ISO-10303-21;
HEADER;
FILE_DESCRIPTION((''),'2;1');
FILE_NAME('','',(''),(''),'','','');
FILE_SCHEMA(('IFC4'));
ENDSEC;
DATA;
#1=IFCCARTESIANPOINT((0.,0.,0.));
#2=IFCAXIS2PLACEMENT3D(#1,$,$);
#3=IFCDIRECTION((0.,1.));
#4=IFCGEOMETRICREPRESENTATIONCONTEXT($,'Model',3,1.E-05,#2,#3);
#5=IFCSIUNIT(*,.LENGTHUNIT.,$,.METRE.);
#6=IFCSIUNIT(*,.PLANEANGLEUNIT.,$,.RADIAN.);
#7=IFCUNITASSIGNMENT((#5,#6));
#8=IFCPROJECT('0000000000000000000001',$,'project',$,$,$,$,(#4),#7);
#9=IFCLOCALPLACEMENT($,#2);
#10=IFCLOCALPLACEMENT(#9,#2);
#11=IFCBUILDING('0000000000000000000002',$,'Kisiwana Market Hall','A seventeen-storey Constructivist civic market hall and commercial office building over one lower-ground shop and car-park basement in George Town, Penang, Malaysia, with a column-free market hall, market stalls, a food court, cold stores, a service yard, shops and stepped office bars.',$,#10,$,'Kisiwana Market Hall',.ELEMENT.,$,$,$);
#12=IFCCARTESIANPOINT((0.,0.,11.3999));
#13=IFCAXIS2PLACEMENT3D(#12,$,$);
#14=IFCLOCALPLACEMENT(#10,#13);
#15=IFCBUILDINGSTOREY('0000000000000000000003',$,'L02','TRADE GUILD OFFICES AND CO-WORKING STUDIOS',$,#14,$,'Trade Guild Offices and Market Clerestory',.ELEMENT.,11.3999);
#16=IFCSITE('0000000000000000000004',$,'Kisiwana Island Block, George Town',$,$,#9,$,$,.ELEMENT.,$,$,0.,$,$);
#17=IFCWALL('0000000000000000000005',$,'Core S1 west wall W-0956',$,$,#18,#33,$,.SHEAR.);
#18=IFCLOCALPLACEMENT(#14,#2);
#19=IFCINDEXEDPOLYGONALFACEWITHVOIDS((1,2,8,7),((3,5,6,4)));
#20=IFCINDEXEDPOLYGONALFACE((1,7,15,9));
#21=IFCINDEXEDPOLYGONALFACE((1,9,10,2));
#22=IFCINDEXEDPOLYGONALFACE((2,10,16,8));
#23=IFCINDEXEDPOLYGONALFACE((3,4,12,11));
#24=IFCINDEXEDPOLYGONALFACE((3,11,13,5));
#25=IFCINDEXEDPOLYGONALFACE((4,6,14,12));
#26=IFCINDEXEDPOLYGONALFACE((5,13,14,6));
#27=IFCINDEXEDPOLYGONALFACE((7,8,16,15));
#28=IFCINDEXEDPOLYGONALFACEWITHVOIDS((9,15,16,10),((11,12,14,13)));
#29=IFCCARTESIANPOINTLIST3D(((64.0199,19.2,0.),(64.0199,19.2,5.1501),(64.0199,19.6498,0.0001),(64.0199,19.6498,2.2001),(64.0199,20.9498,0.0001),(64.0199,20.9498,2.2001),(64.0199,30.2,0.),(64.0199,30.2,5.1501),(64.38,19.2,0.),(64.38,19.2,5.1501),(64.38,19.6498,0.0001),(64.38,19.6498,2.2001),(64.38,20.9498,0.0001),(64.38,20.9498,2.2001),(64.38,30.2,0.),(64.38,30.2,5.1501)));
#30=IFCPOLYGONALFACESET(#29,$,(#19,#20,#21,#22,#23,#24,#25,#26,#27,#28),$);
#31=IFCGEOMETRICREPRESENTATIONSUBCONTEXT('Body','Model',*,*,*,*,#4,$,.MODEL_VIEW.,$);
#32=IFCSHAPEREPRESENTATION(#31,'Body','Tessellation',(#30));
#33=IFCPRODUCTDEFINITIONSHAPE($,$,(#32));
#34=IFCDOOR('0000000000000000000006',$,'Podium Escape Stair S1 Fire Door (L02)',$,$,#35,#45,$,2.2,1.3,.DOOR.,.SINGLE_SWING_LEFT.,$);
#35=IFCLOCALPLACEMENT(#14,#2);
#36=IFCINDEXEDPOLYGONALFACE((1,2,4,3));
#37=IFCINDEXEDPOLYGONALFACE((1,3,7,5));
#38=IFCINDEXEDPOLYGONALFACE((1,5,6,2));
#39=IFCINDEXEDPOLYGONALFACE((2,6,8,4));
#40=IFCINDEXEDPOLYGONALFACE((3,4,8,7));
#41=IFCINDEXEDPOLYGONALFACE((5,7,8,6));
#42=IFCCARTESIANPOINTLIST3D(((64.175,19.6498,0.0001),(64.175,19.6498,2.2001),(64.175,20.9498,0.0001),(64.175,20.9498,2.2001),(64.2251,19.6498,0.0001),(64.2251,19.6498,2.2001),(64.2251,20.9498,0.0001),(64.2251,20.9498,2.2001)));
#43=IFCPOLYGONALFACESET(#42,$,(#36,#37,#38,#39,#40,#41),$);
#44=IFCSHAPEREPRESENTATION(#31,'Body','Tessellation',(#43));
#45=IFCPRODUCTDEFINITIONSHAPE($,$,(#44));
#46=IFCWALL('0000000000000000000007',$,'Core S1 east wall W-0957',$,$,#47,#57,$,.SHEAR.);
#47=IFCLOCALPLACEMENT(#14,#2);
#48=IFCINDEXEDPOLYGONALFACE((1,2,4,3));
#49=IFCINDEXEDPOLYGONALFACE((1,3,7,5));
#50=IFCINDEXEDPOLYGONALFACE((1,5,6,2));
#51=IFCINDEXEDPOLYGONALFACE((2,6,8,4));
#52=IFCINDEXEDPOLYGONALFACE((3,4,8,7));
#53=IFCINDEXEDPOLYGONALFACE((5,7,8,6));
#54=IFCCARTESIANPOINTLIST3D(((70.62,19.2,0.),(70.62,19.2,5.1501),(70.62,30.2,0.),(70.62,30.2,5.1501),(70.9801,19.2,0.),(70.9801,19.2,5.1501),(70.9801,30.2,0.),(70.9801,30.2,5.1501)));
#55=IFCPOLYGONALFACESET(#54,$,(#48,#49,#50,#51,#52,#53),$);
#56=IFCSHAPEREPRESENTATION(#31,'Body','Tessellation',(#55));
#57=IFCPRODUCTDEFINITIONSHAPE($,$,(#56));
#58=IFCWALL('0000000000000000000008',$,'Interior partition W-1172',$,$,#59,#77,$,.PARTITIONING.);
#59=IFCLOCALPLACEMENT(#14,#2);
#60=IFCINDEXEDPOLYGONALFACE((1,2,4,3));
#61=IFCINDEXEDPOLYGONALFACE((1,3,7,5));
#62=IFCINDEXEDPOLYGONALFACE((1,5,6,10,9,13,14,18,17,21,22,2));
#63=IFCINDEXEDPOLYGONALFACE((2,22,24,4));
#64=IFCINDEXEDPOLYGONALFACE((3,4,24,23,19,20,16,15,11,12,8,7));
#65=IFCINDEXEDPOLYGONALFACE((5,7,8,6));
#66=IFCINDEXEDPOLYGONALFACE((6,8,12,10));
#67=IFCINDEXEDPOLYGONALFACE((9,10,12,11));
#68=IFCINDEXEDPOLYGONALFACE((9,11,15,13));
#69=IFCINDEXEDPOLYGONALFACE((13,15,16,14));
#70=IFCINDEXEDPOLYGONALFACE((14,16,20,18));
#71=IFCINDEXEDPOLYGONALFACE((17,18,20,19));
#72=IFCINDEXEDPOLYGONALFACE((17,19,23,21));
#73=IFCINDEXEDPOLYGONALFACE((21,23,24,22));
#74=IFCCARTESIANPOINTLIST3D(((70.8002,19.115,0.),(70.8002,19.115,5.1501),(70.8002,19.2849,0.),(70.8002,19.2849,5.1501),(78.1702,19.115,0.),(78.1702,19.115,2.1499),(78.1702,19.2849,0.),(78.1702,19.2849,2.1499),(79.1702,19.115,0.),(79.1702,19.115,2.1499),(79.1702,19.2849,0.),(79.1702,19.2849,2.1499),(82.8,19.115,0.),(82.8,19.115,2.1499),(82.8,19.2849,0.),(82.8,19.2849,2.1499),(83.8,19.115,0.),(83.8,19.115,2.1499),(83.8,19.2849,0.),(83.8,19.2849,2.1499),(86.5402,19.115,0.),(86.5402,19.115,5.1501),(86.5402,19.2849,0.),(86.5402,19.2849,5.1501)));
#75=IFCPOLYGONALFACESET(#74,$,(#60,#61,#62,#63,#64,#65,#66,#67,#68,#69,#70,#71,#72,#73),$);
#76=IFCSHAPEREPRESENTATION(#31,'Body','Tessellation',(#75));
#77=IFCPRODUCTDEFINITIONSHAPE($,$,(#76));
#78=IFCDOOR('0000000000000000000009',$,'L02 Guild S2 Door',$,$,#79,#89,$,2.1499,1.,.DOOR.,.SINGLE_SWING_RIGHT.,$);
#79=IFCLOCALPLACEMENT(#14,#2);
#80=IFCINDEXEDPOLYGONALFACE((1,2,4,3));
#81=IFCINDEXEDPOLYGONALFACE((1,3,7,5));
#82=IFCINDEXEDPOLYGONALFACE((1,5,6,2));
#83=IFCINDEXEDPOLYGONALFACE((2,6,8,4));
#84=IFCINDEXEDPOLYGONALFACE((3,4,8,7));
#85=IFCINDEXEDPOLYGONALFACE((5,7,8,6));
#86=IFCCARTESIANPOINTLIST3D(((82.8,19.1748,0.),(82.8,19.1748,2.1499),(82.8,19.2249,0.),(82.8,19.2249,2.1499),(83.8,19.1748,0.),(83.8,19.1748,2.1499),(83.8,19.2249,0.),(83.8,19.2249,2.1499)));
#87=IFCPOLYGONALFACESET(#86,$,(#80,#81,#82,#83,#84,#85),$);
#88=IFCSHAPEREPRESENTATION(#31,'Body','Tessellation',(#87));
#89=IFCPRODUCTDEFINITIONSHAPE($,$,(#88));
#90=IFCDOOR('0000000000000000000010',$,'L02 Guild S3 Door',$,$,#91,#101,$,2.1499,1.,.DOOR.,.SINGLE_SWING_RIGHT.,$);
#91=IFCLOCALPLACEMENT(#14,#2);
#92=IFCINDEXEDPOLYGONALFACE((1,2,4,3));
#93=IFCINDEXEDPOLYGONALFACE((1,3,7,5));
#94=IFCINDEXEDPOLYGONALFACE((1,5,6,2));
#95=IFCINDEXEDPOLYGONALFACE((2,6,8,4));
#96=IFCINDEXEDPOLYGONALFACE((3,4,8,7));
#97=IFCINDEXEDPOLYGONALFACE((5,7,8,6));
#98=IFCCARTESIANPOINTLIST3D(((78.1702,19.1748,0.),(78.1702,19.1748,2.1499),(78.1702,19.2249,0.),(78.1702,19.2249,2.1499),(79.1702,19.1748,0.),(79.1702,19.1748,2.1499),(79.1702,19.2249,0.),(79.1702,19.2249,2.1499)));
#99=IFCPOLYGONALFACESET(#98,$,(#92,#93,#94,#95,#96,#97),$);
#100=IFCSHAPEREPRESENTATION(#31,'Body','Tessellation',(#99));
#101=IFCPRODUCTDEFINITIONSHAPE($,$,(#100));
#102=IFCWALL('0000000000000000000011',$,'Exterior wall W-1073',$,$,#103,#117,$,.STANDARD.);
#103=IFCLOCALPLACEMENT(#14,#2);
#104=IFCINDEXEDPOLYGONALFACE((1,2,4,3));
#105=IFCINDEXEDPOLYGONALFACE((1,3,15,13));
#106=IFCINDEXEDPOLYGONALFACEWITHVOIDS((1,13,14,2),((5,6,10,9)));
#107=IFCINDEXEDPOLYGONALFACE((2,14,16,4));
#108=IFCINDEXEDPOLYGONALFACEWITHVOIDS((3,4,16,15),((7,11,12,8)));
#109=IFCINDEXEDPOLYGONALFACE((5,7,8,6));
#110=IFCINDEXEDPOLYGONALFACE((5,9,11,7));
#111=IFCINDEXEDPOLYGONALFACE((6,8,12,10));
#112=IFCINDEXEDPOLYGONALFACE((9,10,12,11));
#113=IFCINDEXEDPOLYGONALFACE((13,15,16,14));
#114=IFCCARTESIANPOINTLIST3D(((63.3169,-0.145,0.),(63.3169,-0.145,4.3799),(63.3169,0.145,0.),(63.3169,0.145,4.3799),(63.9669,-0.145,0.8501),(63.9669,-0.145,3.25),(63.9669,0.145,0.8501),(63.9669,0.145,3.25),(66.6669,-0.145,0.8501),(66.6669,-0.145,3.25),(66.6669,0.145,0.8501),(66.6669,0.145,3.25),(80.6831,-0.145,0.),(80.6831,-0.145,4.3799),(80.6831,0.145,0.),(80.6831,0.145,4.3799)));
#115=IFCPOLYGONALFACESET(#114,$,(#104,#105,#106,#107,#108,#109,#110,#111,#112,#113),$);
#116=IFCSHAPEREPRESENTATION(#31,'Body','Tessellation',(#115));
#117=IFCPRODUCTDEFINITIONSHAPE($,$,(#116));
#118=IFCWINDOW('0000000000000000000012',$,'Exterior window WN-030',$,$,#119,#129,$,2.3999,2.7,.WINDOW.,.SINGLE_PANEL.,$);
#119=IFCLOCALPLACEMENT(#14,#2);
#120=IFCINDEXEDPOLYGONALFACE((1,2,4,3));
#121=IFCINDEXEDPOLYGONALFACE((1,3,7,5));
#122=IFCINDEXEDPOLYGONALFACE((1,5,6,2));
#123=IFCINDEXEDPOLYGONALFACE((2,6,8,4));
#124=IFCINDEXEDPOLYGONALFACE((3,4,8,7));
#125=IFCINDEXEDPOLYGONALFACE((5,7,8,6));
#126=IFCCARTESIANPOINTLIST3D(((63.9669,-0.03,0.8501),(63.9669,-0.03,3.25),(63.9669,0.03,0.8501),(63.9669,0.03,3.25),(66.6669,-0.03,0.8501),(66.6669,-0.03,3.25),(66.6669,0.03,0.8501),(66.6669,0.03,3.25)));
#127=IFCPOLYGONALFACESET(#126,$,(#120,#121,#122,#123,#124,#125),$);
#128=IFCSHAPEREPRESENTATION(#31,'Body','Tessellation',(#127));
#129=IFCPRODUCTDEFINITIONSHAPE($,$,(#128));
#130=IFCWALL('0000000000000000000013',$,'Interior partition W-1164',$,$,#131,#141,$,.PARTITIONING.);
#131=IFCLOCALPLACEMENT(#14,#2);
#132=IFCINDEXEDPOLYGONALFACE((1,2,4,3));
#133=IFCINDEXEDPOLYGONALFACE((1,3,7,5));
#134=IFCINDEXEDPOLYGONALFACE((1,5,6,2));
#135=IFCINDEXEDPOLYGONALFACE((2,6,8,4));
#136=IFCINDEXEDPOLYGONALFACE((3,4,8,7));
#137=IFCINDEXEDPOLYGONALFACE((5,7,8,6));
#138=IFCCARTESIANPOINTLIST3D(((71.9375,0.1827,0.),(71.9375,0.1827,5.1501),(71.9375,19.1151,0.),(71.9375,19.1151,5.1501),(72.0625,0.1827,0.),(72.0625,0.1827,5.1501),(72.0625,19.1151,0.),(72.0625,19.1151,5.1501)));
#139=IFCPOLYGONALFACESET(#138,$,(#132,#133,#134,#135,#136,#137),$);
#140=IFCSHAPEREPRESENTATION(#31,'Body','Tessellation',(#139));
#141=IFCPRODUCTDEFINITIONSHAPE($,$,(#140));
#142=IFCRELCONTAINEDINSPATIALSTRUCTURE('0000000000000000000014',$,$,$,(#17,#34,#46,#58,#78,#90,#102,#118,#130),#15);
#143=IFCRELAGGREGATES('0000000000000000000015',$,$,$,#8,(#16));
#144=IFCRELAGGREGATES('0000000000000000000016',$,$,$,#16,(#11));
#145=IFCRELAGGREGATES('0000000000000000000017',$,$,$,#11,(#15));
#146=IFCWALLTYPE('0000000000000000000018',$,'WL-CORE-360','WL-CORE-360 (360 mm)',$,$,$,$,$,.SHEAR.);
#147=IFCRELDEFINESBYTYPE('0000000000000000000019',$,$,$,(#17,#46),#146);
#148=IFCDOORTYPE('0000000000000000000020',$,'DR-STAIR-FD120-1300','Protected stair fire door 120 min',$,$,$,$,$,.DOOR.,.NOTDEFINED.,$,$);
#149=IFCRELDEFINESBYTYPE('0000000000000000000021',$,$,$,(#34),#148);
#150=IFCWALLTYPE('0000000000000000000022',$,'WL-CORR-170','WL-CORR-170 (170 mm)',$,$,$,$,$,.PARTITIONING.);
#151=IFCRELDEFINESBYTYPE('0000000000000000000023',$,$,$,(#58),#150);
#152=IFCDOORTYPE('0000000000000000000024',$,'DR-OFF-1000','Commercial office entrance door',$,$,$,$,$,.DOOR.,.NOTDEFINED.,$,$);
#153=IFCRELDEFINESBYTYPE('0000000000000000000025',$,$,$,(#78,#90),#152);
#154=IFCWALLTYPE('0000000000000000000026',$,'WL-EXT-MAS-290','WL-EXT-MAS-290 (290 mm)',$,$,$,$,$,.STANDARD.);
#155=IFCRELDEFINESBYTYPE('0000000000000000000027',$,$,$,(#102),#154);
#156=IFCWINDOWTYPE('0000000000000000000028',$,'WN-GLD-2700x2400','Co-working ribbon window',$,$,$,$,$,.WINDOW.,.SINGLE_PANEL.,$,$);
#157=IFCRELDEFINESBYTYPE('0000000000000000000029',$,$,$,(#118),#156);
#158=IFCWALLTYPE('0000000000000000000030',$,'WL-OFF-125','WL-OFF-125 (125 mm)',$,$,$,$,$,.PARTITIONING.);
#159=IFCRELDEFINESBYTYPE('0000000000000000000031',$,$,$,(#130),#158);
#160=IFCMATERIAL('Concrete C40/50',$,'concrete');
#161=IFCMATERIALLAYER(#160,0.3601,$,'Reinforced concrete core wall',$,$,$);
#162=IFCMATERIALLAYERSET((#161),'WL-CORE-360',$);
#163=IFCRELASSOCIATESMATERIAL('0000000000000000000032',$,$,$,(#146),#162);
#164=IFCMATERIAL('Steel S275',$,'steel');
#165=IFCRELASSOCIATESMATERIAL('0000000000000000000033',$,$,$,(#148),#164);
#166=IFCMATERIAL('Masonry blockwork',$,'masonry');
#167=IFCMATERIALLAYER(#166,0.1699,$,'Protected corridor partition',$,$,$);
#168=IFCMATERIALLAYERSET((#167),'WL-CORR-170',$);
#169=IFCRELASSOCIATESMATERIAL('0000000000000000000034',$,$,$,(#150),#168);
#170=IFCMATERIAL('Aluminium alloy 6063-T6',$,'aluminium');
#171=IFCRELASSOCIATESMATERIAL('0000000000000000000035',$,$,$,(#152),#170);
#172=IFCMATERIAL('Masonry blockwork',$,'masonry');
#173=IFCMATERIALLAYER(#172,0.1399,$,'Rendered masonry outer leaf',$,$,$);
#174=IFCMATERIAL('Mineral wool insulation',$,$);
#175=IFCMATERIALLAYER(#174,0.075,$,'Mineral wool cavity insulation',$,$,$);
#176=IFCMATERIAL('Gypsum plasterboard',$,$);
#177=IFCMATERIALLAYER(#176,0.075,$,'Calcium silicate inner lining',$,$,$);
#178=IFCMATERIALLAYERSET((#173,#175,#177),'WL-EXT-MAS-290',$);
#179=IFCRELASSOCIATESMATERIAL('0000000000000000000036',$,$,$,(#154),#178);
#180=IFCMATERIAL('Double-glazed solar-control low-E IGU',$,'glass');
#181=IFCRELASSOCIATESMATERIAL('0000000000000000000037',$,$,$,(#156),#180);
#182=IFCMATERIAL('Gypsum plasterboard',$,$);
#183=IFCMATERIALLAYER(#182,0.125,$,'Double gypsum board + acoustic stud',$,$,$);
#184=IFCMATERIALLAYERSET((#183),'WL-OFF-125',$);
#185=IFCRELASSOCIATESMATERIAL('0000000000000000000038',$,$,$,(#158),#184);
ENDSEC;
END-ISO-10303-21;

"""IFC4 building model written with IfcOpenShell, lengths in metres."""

from ifc_helpers import new_model, si_unit, direction, frame, frame_2d, origin, place, context, subcontext, project, spatial, rectangle, extrude, material, layer, layer_set, type_object, element, fill, save


model = new_model("IFC4")

# Units and contexts
model_context = context("Model", 3, precision=1e-05, world=origin(), true_north=direction((0.0, 1.0)))
body_context = subcontext(model_context, "Body", "Model", "MODEL_VIEW")
ifc_project = project(units=[si_unit("LENGTHUNIT", "METRE"), si_unit("PLANEANGLEUNIT", "RADIAN")], contexts=[model_context])

# Site, building, storey
site_placement = place(None, origin())
site = spatial("IfcSite", under=ifc_project, at=site_placement, Name="Kisiwana Island Block, George Town", CompositionType="ELEMENT", RefElevation=0.0)
building_placement = place(site_placement, origin())
building = spatial("IfcBuilding", under=site, at=building_placement, Name="Kisiwana Market Hall", Description="A seventeen-storey Constructivist civic market hall and commercial office building over one lower-ground shop and car-park basement in George Town, Penang, Malaysia, with a column-free market hall, market stalls, a food court, cold stores, a service yard, shops and stepped office bars.", LongName="Kisiwana Market Hall", CompositionType="ELEMENT")
storey_placement = place(building_placement, frame((0.0, 0.0, 11.3999)))
storey = spatial("IfcBuildingStorey", under=building, at=storey_placement, Name="L02", Description="TRADE GUILD OFFICES AND CO-WORKING STUDIOS", LongName="Trade Guild Offices and Market Clerestory", CompositionType="ELEMENT", Elevation=11.3999)

# Shared definitions
ifc_material_1 = material(Name="Concrete C40/50", Category="concrete")
ifc_layer_1 = layer(ifc_material_1, 0.3601, Name="Reinforced concrete core wall")
ifc_layer_set_1 = layer_set([ifc_layer_1], Name="WL-CORE-360")
wall_type_1 = type_object("IfcWallType", Name="WL-CORE-360", Description="WL-CORE-360 (360 mm)", PredefinedType="SHEAR", material=ifc_layer_set_1)

# Wall, opening, door
wall_1_placement = place(storey_placement, frame((64.2, 19.2, 0.0), z_axis=(0.0, 0.0, 1.0), x_axis=(0.0, 1.0, 0.0)))
wall_1 = element("IfcWall", 1, at=wall_1_placement, inside=storey, type_object=wall_type_1, Name="Core S1 west wall W-0956", PredefinedType="SHEAR", context=body_context, shape_type="SweptSolid", body=[
    extrude(rectangle(XDim=11.0, YDim=0.3601, at=frame_2d((5.5, 0.0))), origin(), (0.0, 0.0, 1.0), 5.1501),
])
opening_1_placement = place(wall_1_placement, frame((0.45, 0.0, 0.0)))
opening_1 = element("IfcOpeningElement", 2, at=opening_1_placement, cuts=wall_1, PredefinedType="OPENING", context=body_context, shape_type="SweptSolid", body=[
    extrude(rectangle(XDim=1.3, YDim=2.2, at=frame_2d((0.6499, 1.1001))), frame((0.0, 0.1919, 0.0), z_axis=(0.0, -1.0, 0.0), x_axis=(1.0, 0.0, 0.0)), (0.0, 0.0, 1.0), 0.384),
])
ifc_material_2 = material(Name="Steel S275", Category="steel")
door_type_1 = type_object("IfcDoorType", Name="DR-STAIR-FD120-1300", Description="Protected stair fire door 120 min", OperationType="NOTDEFINED", PredefinedType="DOOR", material=ifc_material_2)
door_1_placement = place(opening_1_placement, origin())
door_1 = element("IfcDoor", 3, at=door_1_placement, inside=storey, type_object=door_type_1, Name="Podium Escape Stair S1 Fire Door (L02)", OperationType="SINGLE_SWING_LEFT", OverallHeight=2.2, OverallWidth=1.3, PredefinedType="DOOR", context=body_context, shape_type="SweptSolid", body=[
    extrude(rectangle(XDim=1.3, YDim=2.2, at=frame_2d((0.6499, 1.1001))), frame((0.0, 0.0249, 0.0), z_axis=(0.0, -1.0, 0.0), x_axis=(1.0, 0.0, 0.0)), (0.0, 0.0, 1.0), 0.05),
])
fill(opening_1, door_1)

# Wall
wall_2_placement = place(storey_placement, frame((70.8, 19.2, 0.0), z_axis=(0.0, 0.0, 1.0), x_axis=(0.0, 1.0, 0.0)))
element("IfcWall", 4, at=wall_2_placement, inside=storey, type_object=wall_type_1, Name="Core S1 east wall W-0957", PredefinedType="SHEAR", context=body_context, shape_type="SweptSolid", body=[
    extrude(rectangle(XDim=11.0, YDim=0.3601, at=frame_2d((5.5, 0.0))), origin(), (0.0, 0.0, 1.0), 5.1501),
])

# Wall, openings, doors
ifc_material_3 = material(Name="Masonry blockwork", Category="masonry")
ifc_layer_2 = layer(ifc_material_3, 0.1699, Name="Protected corridor partition")
ifc_layer_set_2 = layer_set([ifc_layer_2], Name="WL-CORR-170")
wall_type_2 = type_object("IfcWallType", Name="WL-CORR-170", Description="WL-CORR-170 (170 mm)", PredefinedType="PARTITIONING", material=ifc_layer_set_2)
wall_3_placement = place(storey_placement, frame((70.8, 19.2, 0.0), z_axis=(0.0, 0.0, 1.0), x_axis=(1.0, 0.0, 0.0)))
wall_3 = element("IfcWall", 5, at=wall_3_placement, inside=storey, type_object=wall_type_2, Name="Interior partition W-1172", PredefinedType="PARTITIONING", context=body_context, shape_type="SweptSolid", body=[
    extrude(rectangle(XDim=15.74, YDim=0.1699, at=frame_2d((7.8701, 0.0))), origin(), (0.0, 0.0, 1.0), 5.1501),
])
opening_2_placement = place(wall_3_placement, frame((12.0, 0.0, 0.0)))
opening_2 = element("IfcOpeningElement", 6, at=opening_2_placement, cuts=wall_3, PredefinedType="OPENING", context=body_context, shape_type="SweptSolid", body=[
    extrude(rectangle(XDim=1.0, YDim=2.1499, at=frame_2d((0.5, 1.075))), frame((0.0, 0.0969, 0.0), z_axis=(0.0, -1.0, 0.0), x_axis=(1.0, 0.0, 0.0)), (0.0, 0.0, 1.0), 0.1938),
])
opening_3_placement = place(wall_3_placement, frame((7.3701, 0.0, 0.0)))
opening_3 = element("IfcOpeningElement", 7, at=opening_3_placement, cuts=wall_3, PredefinedType="OPENING", context=body_context, shape_type="SweptSolid", body=[
    extrude(rectangle(XDim=1.0, YDim=2.1499, at=frame_2d((0.5, 1.075))), frame((0.0, 0.0969, 0.0), z_axis=(0.0, -1.0, 0.0), x_axis=(1.0, 0.0, 0.0)), (0.0, 0.0, 1.0), 0.1938),
])
ifc_material_4 = material(Name="Aluminium alloy 6063-T6", Category="aluminium")
door_type_2 = type_object("IfcDoorType", Name="DR-OFF-1000", Description="Commercial office entrance door", OperationType="NOTDEFINED", PredefinedType="DOOR", material=ifc_material_4)
door_2_placement = place(opening_2_placement, origin())
door_2 = element("IfcDoor", 8, at=door_2_placement, inside=storey, type_object=door_type_2, Name="L02 Guild S2 Door", OperationType="SINGLE_SWING_RIGHT", OverallHeight=2.1499, OverallWidth=1.0, PredefinedType="DOOR", context=body_context, shape_type="SweptSolid", body=[
    extrude(rectangle(XDim=1.0, YDim=2.1499, at=frame_2d((0.5, 1.075))), frame((0.0, 0.0249, 0.0), z_axis=(0.0, -1.0, 0.0), x_axis=(1.0, 0.0, 0.0)), (0.0, 0.0, 1.0), 0.05),
])
fill(opening_2, door_2)
door_3_placement = place(opening_3_placement, origin())
door_3 = element("IfcDoor", 9, at=door_3_placement, inside=storey, type_object=door_type_2, Name="L02 Guild S3 Door", OperationType="SINGLE_SWING_RIGHT", OverallHeight=2.1499, OverallWidth=1.0, PredefinedType="DOOR", context=body_context, shape_type="SweptSolid", body=[
    extrude(rectangle(XDim=1.0, YDim=2.1499, at=frame_2d((0.5, 1.075))), frame((0.0, 0.0249, 0.0), z_axis=(0.0, -1.0, 0.0), x_axis=(1.0, 0.0, 0.0)), (0.0, 0.0, 1.0), 0.05),
])
fill(opening_3, door_3)

# Wall, opening, window
ifc_material_5 = material(Name="Masonry blockwork", Category="masonry")
ifc_layer_3 = layer(ifc_material_5, 0.1399, Name="Rendered masonry outer leaf")
ifc_material_6 = material(Name="Mineral wool insulation")
ifc_layer_4 = layer(ifc_material_6, 0.075, Name="Mineral wool cavity insulation")
ifc_material_7 = material(Name="Gypsum plasterboard")
ifc_layer_5 = layer(ifc_material_7, 0.075, Name="Calcium silicate inner lining")
ifc_layer_set_3 = layer_set([ifc_layer_3, ifc_layer_4, ifc_layer_5], Name="WL-EXT-MAS-290")
wall_type_3 = type_object("IfcWallType", Name="WL-EXT-MAS-290", Description="WL-EXT-MAS-290 (290 mm)", PredefinedType="STANDARD", material=ifc_layer_set_3)
wall_4_placement = place(storey_placement, frame((63.3169, 0.0, 0.0), z_axis=(0.0, 0.0, 1.0), x_axis=(1.0, 0.0, 0.0)))
wall_4 = element("IfcWall", 10, at=wall_4_placement, inside=storey, type_object=wall_type_3, Name="Exterior wall W-1073", PredefinedType="STANDARD", context=body_context, shape_type="SweptSolid", body=[
    extrude(rectangle(XDim=17.3662, YDim=0.29, at=frame_2d((8.6831, 0.0))), origin(), (0.0, 0.0, 1.0), 4.3799),
])
opening_4_placement = place(wall_4_placement, frame((0.6499, 0.0, 0.8501)))
opening_4 = element("IfcOpeningElement", 11, at=opening_4_placement, cuts=wall_4, PredefinedType="OPENING", context=body_context, shape_type="SweptSolid", body=[
    extrude(rectangle(XDim=2.7, YDim=2.3999, at=frame_2d((1.3501, 1.2))), frame((0.0, 0.157, 0.0), z_axis=(0.0, -1.0, 0.0), x_axis=(1.0, 0.0, 0.0)), (0.0, 0.0, 1.0), 0.314),
])
ifc_material_8 = material(Name="Double-glazed solar-control low-E IGU", Category="glass")
window_type = type_object("IfcWindowType", Name="WN-GLD-2700x2400", Description="Co-working ribbon window", PartitioningType="SINGLE_PANEL", PredefinedType="WINDOW", material=ifc_material_8)
window_placement = place(opening_4_placement, origin())
window = element("IfcWindow", 12, at=window_placement, inside=storey, type_object=window_type, Name="Exterior window WN-030", OverallHeight=2.3999, OverallWidth=2.7, PartitioningType="SINGLE_PANEL", PredefinedType="WINDOW", context=body_context, shape_type="SweptSolid", body=[
    extrude(rectangle(XDim=2.7, YDim=2.3999, at=frame_2d((1.3501, 1.2))), frame((0.0, 0.03, 0.0), z_axis=(0.0, -1.0, 0.0), x_axis=(1.0, 0.0, 0.0)), (0.0, 0.0, 1.0), 0.0601),
])
fill(opening_4, window)

# Wall
ifc_material_9 = material(Name="Gypsum plasterboard")
ifc_layer_6 = layer(ifc_material_9, 0.125, Name="Double gypsum board + acoustic stud")
ifc_layer_set_4 = layer_set([ifc_layer_6], Name="WL-OFF-125")
wall_type_4 = type_object("IfcWallType", Name="WL-OFF-125", Description="WL-OFF-125 (125 mm)", PredefinedType="PARTITIONING", material=ifc_layer_set_4)
wall_5_placement = place(storey_placement, frame((72.0, 0.1826, 0.0), z_axis=(0.0, 0.0, 1.0), x_axis=(0.0, 1.0, 0.0)))
element("IfcWall", 13, at=wall_5_placement, inside=storey, type_object=wall_type_4, Name="Interior partition W-1164", PredefinedType="PARTITIONING", context=body_context, shape_type="SweptSolid", body=[
    extrude(rectangle(XDim=18.9324, YDim=0.125, at=frame_2d((9.4663, 0.0))), origin(), (0.0, 0.0, 1.0), 5.1501),
])

save(model, "model.ifc")
